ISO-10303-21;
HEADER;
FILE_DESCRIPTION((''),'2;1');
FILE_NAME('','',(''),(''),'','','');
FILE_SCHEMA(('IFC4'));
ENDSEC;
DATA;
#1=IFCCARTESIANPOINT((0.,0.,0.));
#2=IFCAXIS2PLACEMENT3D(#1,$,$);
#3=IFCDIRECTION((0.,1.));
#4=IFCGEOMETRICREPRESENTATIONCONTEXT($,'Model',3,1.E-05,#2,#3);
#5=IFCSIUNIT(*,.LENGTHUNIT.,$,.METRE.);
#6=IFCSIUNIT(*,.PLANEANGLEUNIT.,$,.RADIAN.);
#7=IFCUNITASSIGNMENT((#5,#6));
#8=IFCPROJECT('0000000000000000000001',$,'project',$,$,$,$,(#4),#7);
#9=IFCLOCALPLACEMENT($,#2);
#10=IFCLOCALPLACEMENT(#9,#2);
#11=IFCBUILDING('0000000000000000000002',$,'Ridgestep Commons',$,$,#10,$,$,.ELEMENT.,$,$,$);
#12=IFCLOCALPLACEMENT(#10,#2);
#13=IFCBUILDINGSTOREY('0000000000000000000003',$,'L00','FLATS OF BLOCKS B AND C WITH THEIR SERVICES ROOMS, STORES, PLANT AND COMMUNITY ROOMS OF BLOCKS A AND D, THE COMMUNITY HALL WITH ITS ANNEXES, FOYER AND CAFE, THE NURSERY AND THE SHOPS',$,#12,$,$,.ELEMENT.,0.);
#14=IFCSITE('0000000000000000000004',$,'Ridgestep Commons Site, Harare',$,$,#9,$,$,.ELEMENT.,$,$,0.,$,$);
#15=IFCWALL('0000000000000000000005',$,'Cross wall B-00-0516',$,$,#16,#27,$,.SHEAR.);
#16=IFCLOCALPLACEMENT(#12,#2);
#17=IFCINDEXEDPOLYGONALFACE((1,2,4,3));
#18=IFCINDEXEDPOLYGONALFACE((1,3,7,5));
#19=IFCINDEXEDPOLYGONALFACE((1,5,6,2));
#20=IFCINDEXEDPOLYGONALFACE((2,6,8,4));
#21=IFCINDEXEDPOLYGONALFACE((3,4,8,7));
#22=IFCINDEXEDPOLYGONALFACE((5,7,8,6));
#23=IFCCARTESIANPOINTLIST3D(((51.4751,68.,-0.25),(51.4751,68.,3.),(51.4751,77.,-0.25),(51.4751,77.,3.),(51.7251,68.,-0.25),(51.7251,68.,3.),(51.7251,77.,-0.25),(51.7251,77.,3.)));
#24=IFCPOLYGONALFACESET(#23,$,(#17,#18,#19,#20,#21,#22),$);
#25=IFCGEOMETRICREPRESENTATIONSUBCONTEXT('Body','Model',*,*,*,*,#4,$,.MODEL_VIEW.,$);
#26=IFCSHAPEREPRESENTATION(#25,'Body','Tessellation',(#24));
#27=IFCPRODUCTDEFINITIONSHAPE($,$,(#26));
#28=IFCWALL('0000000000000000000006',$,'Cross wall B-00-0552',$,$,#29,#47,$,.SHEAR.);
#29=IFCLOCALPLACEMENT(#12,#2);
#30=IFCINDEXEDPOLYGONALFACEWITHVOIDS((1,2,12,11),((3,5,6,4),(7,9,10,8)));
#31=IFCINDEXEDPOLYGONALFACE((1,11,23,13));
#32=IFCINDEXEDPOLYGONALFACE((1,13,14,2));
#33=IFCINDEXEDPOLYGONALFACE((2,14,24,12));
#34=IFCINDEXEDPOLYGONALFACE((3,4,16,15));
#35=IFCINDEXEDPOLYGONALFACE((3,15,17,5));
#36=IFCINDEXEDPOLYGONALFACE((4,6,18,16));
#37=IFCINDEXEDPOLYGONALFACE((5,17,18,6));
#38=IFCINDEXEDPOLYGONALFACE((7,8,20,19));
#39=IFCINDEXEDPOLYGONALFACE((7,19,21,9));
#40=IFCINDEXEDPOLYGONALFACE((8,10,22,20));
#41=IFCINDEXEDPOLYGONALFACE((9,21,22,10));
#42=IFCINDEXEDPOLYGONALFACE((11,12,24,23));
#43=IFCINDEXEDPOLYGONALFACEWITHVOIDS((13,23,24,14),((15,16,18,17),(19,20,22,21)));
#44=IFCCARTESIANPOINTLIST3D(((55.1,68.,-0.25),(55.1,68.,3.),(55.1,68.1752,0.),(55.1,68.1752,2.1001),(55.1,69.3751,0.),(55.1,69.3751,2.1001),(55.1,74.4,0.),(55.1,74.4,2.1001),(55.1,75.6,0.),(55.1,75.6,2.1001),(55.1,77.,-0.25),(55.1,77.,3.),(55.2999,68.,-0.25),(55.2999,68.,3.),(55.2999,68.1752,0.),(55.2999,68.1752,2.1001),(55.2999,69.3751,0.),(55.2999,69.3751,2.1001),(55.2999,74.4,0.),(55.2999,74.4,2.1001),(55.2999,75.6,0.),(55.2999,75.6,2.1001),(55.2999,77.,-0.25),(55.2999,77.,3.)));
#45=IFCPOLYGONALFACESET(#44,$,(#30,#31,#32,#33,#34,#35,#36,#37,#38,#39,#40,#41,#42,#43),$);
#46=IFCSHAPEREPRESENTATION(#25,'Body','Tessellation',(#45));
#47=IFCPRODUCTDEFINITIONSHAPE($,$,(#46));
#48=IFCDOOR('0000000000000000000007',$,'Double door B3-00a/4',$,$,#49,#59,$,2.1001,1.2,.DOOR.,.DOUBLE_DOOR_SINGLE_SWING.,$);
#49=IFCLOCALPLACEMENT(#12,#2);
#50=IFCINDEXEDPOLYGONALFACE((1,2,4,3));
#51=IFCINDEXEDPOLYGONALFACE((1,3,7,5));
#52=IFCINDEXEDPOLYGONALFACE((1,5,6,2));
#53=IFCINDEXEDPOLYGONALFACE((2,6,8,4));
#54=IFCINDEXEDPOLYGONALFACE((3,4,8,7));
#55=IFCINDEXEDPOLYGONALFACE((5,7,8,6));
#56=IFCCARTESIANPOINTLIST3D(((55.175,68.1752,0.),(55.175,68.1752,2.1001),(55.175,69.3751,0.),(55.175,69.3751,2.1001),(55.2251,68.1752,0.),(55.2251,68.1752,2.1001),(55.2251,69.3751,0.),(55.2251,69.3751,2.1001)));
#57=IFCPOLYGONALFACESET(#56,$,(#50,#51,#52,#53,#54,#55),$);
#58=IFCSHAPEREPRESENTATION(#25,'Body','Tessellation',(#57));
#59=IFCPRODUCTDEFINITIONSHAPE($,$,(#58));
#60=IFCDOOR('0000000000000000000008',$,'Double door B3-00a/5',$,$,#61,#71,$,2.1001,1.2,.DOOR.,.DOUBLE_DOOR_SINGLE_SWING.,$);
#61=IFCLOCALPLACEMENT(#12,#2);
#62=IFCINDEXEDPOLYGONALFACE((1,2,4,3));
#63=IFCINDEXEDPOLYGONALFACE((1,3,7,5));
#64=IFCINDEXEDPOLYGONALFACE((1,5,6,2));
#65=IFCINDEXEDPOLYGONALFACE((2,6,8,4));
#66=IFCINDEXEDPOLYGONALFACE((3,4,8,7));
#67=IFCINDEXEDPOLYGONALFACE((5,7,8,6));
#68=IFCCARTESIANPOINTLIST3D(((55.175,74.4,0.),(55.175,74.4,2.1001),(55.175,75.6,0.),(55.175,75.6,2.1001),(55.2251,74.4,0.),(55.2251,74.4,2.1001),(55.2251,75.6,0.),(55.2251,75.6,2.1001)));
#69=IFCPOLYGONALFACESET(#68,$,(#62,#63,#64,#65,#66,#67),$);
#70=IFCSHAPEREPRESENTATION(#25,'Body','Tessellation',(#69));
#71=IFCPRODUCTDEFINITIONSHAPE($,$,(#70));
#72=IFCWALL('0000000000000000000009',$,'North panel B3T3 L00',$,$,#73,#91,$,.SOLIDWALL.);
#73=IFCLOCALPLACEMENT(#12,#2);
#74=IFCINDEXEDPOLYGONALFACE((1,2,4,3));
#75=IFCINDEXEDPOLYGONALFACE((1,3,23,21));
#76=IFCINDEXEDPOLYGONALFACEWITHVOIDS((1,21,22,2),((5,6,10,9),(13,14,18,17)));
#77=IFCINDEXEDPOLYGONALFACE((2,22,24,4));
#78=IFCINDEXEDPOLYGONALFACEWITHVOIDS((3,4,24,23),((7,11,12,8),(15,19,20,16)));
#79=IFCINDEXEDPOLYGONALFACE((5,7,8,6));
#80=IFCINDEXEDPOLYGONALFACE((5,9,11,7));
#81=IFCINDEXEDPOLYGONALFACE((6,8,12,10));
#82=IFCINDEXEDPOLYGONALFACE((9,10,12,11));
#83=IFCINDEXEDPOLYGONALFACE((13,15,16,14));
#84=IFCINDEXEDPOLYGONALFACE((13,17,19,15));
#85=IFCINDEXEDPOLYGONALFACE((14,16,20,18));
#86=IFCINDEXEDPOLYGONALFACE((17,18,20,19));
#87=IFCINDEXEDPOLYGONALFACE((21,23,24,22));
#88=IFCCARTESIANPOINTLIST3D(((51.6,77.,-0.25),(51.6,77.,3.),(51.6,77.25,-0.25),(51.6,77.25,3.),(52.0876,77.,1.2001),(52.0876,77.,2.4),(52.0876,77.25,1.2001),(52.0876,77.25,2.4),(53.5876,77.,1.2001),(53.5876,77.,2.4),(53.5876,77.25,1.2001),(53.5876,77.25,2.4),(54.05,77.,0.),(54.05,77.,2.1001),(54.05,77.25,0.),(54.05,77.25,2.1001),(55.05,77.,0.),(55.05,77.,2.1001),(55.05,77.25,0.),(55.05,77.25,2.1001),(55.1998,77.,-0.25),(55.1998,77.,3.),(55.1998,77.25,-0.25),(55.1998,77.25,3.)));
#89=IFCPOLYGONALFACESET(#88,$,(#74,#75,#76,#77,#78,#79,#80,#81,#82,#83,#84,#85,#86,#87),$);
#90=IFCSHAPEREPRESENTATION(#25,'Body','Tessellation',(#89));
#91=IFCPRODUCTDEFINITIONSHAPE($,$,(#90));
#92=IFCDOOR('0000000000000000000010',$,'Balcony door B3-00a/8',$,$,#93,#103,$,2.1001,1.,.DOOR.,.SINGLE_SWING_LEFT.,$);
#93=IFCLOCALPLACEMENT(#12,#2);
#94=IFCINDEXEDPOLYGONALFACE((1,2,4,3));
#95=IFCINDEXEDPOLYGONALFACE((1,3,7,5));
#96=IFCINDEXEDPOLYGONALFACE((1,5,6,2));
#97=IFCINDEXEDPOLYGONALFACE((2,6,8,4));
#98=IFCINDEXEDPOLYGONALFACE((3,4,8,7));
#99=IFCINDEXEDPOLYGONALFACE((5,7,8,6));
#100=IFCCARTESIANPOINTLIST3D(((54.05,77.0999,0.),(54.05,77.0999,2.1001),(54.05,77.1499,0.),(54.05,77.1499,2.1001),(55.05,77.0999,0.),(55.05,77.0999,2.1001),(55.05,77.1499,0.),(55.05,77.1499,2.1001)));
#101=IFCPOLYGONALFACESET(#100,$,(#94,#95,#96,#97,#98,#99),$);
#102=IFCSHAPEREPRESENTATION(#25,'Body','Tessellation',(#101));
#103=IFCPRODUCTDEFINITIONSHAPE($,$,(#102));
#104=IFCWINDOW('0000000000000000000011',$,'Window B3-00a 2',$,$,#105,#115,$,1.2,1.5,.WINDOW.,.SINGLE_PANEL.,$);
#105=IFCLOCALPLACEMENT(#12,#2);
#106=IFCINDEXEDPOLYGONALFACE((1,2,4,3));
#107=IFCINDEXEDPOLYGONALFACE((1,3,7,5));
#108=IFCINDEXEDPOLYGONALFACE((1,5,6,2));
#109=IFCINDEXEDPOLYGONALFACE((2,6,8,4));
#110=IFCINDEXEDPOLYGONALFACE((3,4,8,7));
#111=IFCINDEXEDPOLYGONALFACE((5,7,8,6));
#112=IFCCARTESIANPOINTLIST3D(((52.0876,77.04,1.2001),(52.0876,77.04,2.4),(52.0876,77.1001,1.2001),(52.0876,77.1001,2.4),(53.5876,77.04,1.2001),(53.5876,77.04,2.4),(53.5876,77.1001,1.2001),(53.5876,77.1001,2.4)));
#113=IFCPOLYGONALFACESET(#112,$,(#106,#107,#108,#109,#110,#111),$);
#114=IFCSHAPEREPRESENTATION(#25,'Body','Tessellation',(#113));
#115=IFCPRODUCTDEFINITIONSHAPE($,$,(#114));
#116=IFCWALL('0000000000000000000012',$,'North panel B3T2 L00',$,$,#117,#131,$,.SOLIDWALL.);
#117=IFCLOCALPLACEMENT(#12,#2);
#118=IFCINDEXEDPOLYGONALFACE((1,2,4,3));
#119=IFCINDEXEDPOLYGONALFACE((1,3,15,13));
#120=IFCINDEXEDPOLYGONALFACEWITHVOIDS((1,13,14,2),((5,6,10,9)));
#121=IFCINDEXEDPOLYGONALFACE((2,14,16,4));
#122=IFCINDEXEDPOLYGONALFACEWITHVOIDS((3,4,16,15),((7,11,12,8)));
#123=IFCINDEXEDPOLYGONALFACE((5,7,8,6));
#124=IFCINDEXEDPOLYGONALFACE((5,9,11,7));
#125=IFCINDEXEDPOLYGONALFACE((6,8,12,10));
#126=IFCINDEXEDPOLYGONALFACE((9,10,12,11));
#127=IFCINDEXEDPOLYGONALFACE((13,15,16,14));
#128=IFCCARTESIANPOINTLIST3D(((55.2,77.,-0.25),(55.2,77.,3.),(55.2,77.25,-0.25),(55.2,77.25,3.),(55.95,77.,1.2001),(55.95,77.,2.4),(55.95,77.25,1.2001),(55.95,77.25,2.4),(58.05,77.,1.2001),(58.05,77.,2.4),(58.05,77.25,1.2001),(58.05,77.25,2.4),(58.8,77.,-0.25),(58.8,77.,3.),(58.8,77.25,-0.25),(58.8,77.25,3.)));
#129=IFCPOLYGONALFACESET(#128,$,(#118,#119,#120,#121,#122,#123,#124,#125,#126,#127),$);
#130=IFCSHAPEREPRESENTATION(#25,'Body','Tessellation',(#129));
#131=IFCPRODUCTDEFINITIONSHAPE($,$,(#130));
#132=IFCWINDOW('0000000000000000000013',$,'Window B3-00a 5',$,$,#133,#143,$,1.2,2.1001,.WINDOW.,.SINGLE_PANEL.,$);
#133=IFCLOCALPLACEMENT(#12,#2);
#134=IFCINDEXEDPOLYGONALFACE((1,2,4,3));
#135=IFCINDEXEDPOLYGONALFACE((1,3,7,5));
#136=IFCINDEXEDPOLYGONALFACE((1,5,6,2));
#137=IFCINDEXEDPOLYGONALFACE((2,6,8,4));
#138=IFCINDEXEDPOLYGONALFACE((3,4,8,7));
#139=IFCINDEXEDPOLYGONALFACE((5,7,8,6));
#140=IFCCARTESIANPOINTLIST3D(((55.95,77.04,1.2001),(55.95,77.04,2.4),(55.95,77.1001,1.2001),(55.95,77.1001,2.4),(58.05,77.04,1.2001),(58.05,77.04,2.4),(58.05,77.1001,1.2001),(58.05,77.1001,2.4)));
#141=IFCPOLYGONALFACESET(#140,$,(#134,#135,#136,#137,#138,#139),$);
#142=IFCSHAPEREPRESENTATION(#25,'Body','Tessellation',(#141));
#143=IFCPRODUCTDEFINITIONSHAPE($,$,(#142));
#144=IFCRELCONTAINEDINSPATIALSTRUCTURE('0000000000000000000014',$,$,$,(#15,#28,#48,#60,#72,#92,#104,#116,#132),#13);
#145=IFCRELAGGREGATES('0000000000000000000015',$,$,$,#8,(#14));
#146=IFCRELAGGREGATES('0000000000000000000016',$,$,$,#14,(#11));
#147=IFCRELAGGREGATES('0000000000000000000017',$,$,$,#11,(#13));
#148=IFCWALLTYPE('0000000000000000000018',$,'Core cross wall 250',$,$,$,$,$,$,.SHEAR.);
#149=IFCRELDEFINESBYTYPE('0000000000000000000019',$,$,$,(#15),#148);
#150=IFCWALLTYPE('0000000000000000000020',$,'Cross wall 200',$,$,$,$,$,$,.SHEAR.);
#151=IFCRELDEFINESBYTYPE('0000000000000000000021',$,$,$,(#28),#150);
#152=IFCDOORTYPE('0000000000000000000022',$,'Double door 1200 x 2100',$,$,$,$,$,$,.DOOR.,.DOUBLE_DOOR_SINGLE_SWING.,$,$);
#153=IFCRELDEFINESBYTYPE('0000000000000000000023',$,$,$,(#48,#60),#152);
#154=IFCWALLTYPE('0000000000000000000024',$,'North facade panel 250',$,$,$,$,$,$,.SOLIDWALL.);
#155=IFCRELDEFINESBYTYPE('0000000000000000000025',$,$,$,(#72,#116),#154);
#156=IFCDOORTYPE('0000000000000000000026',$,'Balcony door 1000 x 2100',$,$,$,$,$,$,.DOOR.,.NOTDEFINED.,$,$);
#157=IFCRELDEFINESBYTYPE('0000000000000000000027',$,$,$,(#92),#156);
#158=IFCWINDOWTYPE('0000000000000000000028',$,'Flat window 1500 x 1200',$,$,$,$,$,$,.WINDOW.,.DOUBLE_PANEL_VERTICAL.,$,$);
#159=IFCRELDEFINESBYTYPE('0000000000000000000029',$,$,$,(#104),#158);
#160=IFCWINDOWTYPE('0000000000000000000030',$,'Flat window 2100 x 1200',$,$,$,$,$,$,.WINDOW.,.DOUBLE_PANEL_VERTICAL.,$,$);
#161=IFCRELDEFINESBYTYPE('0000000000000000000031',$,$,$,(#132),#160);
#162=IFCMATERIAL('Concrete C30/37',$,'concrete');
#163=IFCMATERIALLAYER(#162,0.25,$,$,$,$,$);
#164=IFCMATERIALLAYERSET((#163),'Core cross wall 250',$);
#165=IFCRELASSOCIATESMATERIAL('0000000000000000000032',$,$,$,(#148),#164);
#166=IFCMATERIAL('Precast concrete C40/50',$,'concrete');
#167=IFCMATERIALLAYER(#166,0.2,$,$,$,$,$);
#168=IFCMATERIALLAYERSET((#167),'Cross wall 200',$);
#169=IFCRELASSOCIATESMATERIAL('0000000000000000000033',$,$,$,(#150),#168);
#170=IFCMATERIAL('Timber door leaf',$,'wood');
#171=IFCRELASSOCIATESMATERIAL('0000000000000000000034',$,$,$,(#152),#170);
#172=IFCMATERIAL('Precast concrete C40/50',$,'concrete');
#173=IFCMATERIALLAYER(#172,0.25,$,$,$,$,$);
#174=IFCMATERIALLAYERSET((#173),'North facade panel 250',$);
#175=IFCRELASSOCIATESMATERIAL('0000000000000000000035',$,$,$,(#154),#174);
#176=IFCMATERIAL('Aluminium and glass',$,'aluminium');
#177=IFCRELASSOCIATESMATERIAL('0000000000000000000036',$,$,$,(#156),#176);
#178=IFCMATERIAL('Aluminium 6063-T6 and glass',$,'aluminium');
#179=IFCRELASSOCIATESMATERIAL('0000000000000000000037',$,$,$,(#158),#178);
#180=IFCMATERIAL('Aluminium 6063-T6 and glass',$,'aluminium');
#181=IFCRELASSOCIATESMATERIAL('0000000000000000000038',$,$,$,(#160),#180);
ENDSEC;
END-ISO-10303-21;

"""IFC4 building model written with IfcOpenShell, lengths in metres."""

from ifc_helpers import new_model, si_unit, direction, frame, frame_2d, origin, place, context, subcontext, project, spatial, rectangle, extrude, material, layer, layer_set, type_object, element, fill, save


model = new_model("IFC4")

# Units and contexts
model_context = context("Model", 3, precision=1e-05, world=origin(), true_north=direction((0.0, 1.0)))
body_context = subcontext(model_context, "Body", "Model", "MODEL_VIEW")
ifc_project = project(units=[si_unit("LENGTHUNIT", "METRE"), si_unit("PLANEANGLEUNIT", "RADIAN")], contexts=[model_context])

# Site, building, storey
site_placement = place(None, origin())
site = spatial("IfcSite", under=ifc_project, at=site_placement, Name="Ridgestep Commons Site, Harare", CompositionType="ELEMENT", RefElevation=0.0)
building_placement = place(site_placement, origin())
building = spatial("IfcBuilding", under=site, at=building_placement, Name="Ridgestep Commons", CompositionType="ELEMENT")
storey_placement = place(building_placement, origin())
storey = spatial("IfcBuildingStorey", under=building, at=storey_placement, Name="L00", Description="FLATS OF BLOCKS B AND C WITH THEIR SERVICES ROOMS, STORES, PLANT AND COMMUNITY ROOMS OF BLOCKS A AND D, THE COMMUNITY HALL WITH ITS ANNEXES, FOYER AND CAFE, THE NURSERY AND THE SHOPS", CompositionType="ELEMENT", Elevation=0.0)

# Wall
ifc_material_1 = material(Name="Concrete C30/37", Category="concrete")
ifc_layer_1 = layer(ifc_material_1, 0.25)
ifc_layer_set_1 = layer_set([ifc_layer_1], Name="Core cross wall 250")
wall_type_1 = type_object("IfcWallType", Name="Core cross wall 250", PredefinedType="SHEAR", material=ifc_layer_set_1)
wall_1_placement = place(storey_placement, frame((51.6001, 68.0, -0.25), z_axis=(0.0, 0.0, 1.0), x_axis=(0.0, 1.0, 0.0)))
element("IfcWall", 1, at=wall_1_placement, inside=storey, type_object=wall_type_1, Name="Cross wall B-00-0516", PredefinedType="SHEAR", context=body_context, shape_type="SweptSolid", body=[
    extrude(rectangle(XDim=9.0, YDim=0.25, at=frame_2d((4.5, 0.0))), origin(), (0.0, 0.0, 1.0), 3.25),
])

# Wall, openings, doors
ifc_material_2 = material(Name="Precast concrete C40/50", Category="concrete")
ifc_layer_2 = layer(ifc_material_2, 0.2)
ifc_layer_set_2 = layer_set([ifc_layer_2], Name="Cross wall 200")
wall_type_2 = type_object("IfcWallType", Name="Cross wall 200", PredefinedType="SHEAR", material=ifc_layer_set_2)
wall_2_placement = place(storey_placement, frame((55.2, 68.0, -0.25), z_axis=(0.0, 0.0, 1.0), x_axis=(0.0, 1.0, 0.0)))
wall_2 = element("IfcWall", 2, at=wall_2_placement, inside=storey, type_object=wall_type_2, Name="Cross wall B-00-0552", PredefinedType="SHEAR", context=body_context, shape_type="SweptSolid", body=[
    extrude(rectangle(XDim=9.0, YDim=0.2, at=frame_2d((4.5, 0.0))), origin(), (0.0, 0.0, 1.0), 3.25),
])
opening_1_placement = place(wall_2_placement, frame((0.175, 0.0, 0.25)))
opening_1 = element("IfcOpeningElement", 3, at=opening_1_placement, cuts=wall_2, PredefinedType="OPENING", context=body_context, shape_type="SweptSolid", body=[
    extrude(rectangle(XDim=1.2, YDim=2.1001, at=frame_2d((0.6001, 1.05))), frame((0.0, 0.1099, 0.0), z_axis=(0.0, -1.0, 0.0), x_axis=(1.0, 0.0, 0.0)), (0.0, 0.0, 1.0), 0.22),
])
opening_2_placement = place(wall_2_placement, frame((6.3999, 0.0, 0.25)))
opening_2 = element("IfcOpeningElement", 4, at=opening_2_placement, cuts=wall_2, PredefinedType="OPENING", context=body_context, shape_type="SweptSolid", body=[
    extrude(rectangle(XDim=1.2, YDim=2.1001, at=frame_2d((0.6001, 1.05))), frame((0.0, 0.1099, 0.0), z_axis=(0.0, -1.0, 0.0), x_axis=(1.0, 0.0, 0.0)), (0.0, 0.0, 1.0), 0.22),
])
ifc_material_3 = material(Name="Timber door leaf", Category="wood")
door_type_1 = type_object("IfcDoorType", Name="Double door 1200 x 2100", OperationType="DOUBLE_DOOR_SINGLE_SWING", PredefinedType="DOOR", material=ifc_material_3)
door_1_placement = place(opening_1_placement, origin())
door_1 = element("IfcDoor", 5, at=door_1_placement, inside=storey, type_object=door_type_1, Name="Double door B3-00a/4", OperationType="DOUBLE_DOOR_SINGLE_SWING", OverallHeight=2.1001, OverallWidth=1.2, PredefinedType="DOOR", context=body_context, shape_type="SweptSolid", body=[
    extrude(rectangle(XDim=1.2, YDim=2.1001, at=frame_2d((0.6001, 1.05))), frame((0.0, 0.0249, 0.0), z_axis=(0.0, -1.0, 0.0), x_axis=(1.0, 0.0, 0.0)), (0.0, 0.0, 1.0), 0.05),
])
fill(opening_1, door_1)
door_2_placement = place(opening_2_placement, origin())
door_2 = element("IfcDoor", 6, at=door_2_placement, inside=storey, type_object=door_type_1, Name="Double door B3-00a/5", OperationType="DOUBLE_DOOR_SINGLE_SWING", OverallHeight=2.1001, OverallWidth=1.2, PredefinedType="DOOR", context=body_context, shape_type="SweptSolid", body=[
    extrude(rectangle(XDim=1.2, YDim=2.1001, at=frame_2d((0.6001, 1.05))), frame((0.0, 0.0249, 0.0), z_axis=(0.0, -1.0, 0.0), x_axis=(1.0, 0.0, 0.0)), (0.0, 0.0, 1.0), 0.05),
])
fill(opening_2, door_2)

# Wall, openings, door, window
ifc_material_4 = material(Name="Precast concrete C40/50", Category="concrete")
ifc_layer_3 = layer(ifc_material_4, 0.25)
ifc_layer_set_3 = layer_set([ifc_layer_3], Name="North facade panel 250")
wall_type_3 = type_object("IfcWallType", Name="North facade panel 250", PredefinedType="SOLIDWALL", material=ifc_layer_set_3)
wall_3_placement = place(storey_placement, frame((51.6001, 77.125, -0.25), z_axis=(0.0, 0.0, 1.0), x_axis=(1.0, 0.0, 0.0)))
wall_3 = element("IfcWall", 7, at=wall_3_placement, inside=storey, type_object=wall_type_3, Name="North panel B3T3 L00", PredefinedType="SOLIDWALL", context=body_context, shape_type="SweptSolid", body=[
    extrude(rectangle(XDim=3.5999, YDim=0.25, at=frame_2d((1.7998, 0.0))), origin(), (0.0, 0.0, 1.0), 3.25),
])
opening_3_placement = place(wall_3_placement, frame((0.4875, 0.0, 1.45)))
opening_3 = element("IfcOpeningElement", 8, at=opening_3_placement, cuts=wall_3, PredefinedType="OPENING", context=body_context, shape_type="SweptSolid", body=[
    extrude(rectangle(XDim=1.5, YDim=1.2, at=frame_2d((0.75, 0.6001))), frame((0.0, 0.135, 0.0), z_axis=(0.0, -1.0, 0.0), x_axis=(1.0, 0.0, 0.0)), (0.0, 0.0, 1.0), 0.27),
])
opening_4_placement = place(wall_3_placement, frame((2.45, 0.0, 0.25)))
opening_4 = element("IfcOpeningElement", 9, at=opening_4_placement, cuts=wall_3, PredefinedType="OPENING", context=body_context, shape_type="SweptSolid", body=[
    extrude(rectangle(XDim=1.0, YDim=2.1001, at=frame_2d((0.5, 1.05))), frame((0.0, 0.135, 0.0), z_axis=(0.0, -1.0, 0.0), x_axis=(1.0, 0.0, 0.0)), (0.0, 0.0, 1.0), 0.27),
])
ifc_material_5 = material(Name="Aluminium and glass", Category="aluminium")
door_type_2 = type_object("IfcDoorType", Name="Balcony door 1000 x 2100", OperationType="NOTDEFINED", PredefinedType="DOOR", material=ifc_material_5)
door_3_placement = place(opening_4_placement, origin())
door_3 = element("IfcDoor", 10, at=door_3_placement, inside=storey, type_object=door_type_2, Name="Balcony door B3-00a/8", OperationType="SINGLE_SWING_LEFT", OverallHeight=2.1001, OverallWidth=1.0, PredefinedType="DOOR", context=body_context, shape_type="SweptSolid", body=[
    extrude(rectangle(XDim=1.0, YDim=2.1001, at=frame_2d((0.5, 1.05))), frame((0.0, 0.0249, 0.0), z_axis=(0.0, -1.0, 0.0), x_axis=(1.0, 0.0, 0.0)), (0.0, 0.0, 1.0), 0.05),
])
fill(opening_4, door_3)
ifc_material_6 = material(Name="Aluminium 6063-T6 and glass", Category="aluminium")
window_type_1 = type_object("IfcWindowType", Name="Flat window 1500 x 1200", PartitioningType="DOUBLE_PANEL_VERTICAL", PredefinedType="WINDOW", material=ifc_material_6)
window_1_placement = place(opening_3_placement, origin())
window_1 = element("IfcWindow", 11, at=window_1_placement, inside=storey, type_object=window_type_1, Name="Window B3-00a 2", OverallHeight=1.2, OverallWidth=1.5, PartitioningType="SINGLE_PANEL", PredefinedType="WINDOW", context=body_context, shape_type="SweptSolid", body=[
    extrude(rectangle(XDim=1.5, YDim=1.2, at=frame_2d((0.75, 0.6001))), frame((0.0, -0.0249, 0.0), z_axis=(0.0, -1.0, 0.0), x_axis=(1.0, 0.0, 0.0)), (0.0, 0.0, 1.0), 0.0601),
])
fill(opening_3, window_1)

# Wall, opening, window
wall_4_placement = place(storey_placement, frame((55.2, 77.125, -0.25), z_axis=(0.0, 0.0, 1.0), x_axis=(1.0, 0.0, 0.0)))
wall_4 = element("IfcWall", 12, at=wall_4_placement, inside=storey, type_object=wall_type_3, Name="North panel B3T2 L00", PredefinedType="SOLIDWALL", context=body_context, shape_type="SweptSolid", body=[
    extrude(rectangle(XDim=3.6001, YDim=0.25, at=frame_2d((1.8, 0.0))), origin(), (0.0, 0.0, 1.0), 3.25),
])
opening_5_placement = place(wall_4_placement, frame((0.75, 0.0, 1.45)))
opening_5 = element("IfcOpeningElement", 13, at=opening_5_placement, cuts=wall_4, PredefinedType="OPENING", context=body_context, shape_type="SweptSolid", body=[
    extrude(rectangle(XDim=2.1001, YDim=1.2, at=frame_2d((1.05, 0.6001))), frame((0.0, 0.135, 0.0), z_axis=(0.0, -1.0, 0.0), x_axis=(1.0, 0.0, 0.0)), (0.0, 0.0, 1.0), 0.27),
])
ifc_material_7 = material(Name="Aluminium 6063-T6 and glass", Category="aluminium")
window_type_2 = type_object("IfcWindowType", Name="Flat window 2100 x 1200", PartitioningType="DOUBLE_PANEL_VERTICAL", PredefinedType="WINDOW", material=ifc_material_7)
window_2_placement = place(opening_5_placement, origin())
window_2 = element("IfcWindow", 14, at=window_2_placement, inside=storey, type_object=window_type_2, Name="Window B3-00a 5", OverallHeight=1.2, OverallWidth=2.1001, PartitioningType="SINGLE_PANEL", PredefinedType="WINDOW", context=body_context, shape_type="SweptSolid", body=[
    extrude(rectangle(XDim=2.1001, YDim=1.2, at=frame_2d((1.05, 0.6001))), frame((0.0, -0.0249, 0.0), z_axis=(0.0, -1.0, 0.0), x_axis=(1.0, 0.0, 0.0)), (0.0, 0.0, 1.0), 0.0601),
])
fill(opening_5, window_2)

save(model, "model.ifc")
